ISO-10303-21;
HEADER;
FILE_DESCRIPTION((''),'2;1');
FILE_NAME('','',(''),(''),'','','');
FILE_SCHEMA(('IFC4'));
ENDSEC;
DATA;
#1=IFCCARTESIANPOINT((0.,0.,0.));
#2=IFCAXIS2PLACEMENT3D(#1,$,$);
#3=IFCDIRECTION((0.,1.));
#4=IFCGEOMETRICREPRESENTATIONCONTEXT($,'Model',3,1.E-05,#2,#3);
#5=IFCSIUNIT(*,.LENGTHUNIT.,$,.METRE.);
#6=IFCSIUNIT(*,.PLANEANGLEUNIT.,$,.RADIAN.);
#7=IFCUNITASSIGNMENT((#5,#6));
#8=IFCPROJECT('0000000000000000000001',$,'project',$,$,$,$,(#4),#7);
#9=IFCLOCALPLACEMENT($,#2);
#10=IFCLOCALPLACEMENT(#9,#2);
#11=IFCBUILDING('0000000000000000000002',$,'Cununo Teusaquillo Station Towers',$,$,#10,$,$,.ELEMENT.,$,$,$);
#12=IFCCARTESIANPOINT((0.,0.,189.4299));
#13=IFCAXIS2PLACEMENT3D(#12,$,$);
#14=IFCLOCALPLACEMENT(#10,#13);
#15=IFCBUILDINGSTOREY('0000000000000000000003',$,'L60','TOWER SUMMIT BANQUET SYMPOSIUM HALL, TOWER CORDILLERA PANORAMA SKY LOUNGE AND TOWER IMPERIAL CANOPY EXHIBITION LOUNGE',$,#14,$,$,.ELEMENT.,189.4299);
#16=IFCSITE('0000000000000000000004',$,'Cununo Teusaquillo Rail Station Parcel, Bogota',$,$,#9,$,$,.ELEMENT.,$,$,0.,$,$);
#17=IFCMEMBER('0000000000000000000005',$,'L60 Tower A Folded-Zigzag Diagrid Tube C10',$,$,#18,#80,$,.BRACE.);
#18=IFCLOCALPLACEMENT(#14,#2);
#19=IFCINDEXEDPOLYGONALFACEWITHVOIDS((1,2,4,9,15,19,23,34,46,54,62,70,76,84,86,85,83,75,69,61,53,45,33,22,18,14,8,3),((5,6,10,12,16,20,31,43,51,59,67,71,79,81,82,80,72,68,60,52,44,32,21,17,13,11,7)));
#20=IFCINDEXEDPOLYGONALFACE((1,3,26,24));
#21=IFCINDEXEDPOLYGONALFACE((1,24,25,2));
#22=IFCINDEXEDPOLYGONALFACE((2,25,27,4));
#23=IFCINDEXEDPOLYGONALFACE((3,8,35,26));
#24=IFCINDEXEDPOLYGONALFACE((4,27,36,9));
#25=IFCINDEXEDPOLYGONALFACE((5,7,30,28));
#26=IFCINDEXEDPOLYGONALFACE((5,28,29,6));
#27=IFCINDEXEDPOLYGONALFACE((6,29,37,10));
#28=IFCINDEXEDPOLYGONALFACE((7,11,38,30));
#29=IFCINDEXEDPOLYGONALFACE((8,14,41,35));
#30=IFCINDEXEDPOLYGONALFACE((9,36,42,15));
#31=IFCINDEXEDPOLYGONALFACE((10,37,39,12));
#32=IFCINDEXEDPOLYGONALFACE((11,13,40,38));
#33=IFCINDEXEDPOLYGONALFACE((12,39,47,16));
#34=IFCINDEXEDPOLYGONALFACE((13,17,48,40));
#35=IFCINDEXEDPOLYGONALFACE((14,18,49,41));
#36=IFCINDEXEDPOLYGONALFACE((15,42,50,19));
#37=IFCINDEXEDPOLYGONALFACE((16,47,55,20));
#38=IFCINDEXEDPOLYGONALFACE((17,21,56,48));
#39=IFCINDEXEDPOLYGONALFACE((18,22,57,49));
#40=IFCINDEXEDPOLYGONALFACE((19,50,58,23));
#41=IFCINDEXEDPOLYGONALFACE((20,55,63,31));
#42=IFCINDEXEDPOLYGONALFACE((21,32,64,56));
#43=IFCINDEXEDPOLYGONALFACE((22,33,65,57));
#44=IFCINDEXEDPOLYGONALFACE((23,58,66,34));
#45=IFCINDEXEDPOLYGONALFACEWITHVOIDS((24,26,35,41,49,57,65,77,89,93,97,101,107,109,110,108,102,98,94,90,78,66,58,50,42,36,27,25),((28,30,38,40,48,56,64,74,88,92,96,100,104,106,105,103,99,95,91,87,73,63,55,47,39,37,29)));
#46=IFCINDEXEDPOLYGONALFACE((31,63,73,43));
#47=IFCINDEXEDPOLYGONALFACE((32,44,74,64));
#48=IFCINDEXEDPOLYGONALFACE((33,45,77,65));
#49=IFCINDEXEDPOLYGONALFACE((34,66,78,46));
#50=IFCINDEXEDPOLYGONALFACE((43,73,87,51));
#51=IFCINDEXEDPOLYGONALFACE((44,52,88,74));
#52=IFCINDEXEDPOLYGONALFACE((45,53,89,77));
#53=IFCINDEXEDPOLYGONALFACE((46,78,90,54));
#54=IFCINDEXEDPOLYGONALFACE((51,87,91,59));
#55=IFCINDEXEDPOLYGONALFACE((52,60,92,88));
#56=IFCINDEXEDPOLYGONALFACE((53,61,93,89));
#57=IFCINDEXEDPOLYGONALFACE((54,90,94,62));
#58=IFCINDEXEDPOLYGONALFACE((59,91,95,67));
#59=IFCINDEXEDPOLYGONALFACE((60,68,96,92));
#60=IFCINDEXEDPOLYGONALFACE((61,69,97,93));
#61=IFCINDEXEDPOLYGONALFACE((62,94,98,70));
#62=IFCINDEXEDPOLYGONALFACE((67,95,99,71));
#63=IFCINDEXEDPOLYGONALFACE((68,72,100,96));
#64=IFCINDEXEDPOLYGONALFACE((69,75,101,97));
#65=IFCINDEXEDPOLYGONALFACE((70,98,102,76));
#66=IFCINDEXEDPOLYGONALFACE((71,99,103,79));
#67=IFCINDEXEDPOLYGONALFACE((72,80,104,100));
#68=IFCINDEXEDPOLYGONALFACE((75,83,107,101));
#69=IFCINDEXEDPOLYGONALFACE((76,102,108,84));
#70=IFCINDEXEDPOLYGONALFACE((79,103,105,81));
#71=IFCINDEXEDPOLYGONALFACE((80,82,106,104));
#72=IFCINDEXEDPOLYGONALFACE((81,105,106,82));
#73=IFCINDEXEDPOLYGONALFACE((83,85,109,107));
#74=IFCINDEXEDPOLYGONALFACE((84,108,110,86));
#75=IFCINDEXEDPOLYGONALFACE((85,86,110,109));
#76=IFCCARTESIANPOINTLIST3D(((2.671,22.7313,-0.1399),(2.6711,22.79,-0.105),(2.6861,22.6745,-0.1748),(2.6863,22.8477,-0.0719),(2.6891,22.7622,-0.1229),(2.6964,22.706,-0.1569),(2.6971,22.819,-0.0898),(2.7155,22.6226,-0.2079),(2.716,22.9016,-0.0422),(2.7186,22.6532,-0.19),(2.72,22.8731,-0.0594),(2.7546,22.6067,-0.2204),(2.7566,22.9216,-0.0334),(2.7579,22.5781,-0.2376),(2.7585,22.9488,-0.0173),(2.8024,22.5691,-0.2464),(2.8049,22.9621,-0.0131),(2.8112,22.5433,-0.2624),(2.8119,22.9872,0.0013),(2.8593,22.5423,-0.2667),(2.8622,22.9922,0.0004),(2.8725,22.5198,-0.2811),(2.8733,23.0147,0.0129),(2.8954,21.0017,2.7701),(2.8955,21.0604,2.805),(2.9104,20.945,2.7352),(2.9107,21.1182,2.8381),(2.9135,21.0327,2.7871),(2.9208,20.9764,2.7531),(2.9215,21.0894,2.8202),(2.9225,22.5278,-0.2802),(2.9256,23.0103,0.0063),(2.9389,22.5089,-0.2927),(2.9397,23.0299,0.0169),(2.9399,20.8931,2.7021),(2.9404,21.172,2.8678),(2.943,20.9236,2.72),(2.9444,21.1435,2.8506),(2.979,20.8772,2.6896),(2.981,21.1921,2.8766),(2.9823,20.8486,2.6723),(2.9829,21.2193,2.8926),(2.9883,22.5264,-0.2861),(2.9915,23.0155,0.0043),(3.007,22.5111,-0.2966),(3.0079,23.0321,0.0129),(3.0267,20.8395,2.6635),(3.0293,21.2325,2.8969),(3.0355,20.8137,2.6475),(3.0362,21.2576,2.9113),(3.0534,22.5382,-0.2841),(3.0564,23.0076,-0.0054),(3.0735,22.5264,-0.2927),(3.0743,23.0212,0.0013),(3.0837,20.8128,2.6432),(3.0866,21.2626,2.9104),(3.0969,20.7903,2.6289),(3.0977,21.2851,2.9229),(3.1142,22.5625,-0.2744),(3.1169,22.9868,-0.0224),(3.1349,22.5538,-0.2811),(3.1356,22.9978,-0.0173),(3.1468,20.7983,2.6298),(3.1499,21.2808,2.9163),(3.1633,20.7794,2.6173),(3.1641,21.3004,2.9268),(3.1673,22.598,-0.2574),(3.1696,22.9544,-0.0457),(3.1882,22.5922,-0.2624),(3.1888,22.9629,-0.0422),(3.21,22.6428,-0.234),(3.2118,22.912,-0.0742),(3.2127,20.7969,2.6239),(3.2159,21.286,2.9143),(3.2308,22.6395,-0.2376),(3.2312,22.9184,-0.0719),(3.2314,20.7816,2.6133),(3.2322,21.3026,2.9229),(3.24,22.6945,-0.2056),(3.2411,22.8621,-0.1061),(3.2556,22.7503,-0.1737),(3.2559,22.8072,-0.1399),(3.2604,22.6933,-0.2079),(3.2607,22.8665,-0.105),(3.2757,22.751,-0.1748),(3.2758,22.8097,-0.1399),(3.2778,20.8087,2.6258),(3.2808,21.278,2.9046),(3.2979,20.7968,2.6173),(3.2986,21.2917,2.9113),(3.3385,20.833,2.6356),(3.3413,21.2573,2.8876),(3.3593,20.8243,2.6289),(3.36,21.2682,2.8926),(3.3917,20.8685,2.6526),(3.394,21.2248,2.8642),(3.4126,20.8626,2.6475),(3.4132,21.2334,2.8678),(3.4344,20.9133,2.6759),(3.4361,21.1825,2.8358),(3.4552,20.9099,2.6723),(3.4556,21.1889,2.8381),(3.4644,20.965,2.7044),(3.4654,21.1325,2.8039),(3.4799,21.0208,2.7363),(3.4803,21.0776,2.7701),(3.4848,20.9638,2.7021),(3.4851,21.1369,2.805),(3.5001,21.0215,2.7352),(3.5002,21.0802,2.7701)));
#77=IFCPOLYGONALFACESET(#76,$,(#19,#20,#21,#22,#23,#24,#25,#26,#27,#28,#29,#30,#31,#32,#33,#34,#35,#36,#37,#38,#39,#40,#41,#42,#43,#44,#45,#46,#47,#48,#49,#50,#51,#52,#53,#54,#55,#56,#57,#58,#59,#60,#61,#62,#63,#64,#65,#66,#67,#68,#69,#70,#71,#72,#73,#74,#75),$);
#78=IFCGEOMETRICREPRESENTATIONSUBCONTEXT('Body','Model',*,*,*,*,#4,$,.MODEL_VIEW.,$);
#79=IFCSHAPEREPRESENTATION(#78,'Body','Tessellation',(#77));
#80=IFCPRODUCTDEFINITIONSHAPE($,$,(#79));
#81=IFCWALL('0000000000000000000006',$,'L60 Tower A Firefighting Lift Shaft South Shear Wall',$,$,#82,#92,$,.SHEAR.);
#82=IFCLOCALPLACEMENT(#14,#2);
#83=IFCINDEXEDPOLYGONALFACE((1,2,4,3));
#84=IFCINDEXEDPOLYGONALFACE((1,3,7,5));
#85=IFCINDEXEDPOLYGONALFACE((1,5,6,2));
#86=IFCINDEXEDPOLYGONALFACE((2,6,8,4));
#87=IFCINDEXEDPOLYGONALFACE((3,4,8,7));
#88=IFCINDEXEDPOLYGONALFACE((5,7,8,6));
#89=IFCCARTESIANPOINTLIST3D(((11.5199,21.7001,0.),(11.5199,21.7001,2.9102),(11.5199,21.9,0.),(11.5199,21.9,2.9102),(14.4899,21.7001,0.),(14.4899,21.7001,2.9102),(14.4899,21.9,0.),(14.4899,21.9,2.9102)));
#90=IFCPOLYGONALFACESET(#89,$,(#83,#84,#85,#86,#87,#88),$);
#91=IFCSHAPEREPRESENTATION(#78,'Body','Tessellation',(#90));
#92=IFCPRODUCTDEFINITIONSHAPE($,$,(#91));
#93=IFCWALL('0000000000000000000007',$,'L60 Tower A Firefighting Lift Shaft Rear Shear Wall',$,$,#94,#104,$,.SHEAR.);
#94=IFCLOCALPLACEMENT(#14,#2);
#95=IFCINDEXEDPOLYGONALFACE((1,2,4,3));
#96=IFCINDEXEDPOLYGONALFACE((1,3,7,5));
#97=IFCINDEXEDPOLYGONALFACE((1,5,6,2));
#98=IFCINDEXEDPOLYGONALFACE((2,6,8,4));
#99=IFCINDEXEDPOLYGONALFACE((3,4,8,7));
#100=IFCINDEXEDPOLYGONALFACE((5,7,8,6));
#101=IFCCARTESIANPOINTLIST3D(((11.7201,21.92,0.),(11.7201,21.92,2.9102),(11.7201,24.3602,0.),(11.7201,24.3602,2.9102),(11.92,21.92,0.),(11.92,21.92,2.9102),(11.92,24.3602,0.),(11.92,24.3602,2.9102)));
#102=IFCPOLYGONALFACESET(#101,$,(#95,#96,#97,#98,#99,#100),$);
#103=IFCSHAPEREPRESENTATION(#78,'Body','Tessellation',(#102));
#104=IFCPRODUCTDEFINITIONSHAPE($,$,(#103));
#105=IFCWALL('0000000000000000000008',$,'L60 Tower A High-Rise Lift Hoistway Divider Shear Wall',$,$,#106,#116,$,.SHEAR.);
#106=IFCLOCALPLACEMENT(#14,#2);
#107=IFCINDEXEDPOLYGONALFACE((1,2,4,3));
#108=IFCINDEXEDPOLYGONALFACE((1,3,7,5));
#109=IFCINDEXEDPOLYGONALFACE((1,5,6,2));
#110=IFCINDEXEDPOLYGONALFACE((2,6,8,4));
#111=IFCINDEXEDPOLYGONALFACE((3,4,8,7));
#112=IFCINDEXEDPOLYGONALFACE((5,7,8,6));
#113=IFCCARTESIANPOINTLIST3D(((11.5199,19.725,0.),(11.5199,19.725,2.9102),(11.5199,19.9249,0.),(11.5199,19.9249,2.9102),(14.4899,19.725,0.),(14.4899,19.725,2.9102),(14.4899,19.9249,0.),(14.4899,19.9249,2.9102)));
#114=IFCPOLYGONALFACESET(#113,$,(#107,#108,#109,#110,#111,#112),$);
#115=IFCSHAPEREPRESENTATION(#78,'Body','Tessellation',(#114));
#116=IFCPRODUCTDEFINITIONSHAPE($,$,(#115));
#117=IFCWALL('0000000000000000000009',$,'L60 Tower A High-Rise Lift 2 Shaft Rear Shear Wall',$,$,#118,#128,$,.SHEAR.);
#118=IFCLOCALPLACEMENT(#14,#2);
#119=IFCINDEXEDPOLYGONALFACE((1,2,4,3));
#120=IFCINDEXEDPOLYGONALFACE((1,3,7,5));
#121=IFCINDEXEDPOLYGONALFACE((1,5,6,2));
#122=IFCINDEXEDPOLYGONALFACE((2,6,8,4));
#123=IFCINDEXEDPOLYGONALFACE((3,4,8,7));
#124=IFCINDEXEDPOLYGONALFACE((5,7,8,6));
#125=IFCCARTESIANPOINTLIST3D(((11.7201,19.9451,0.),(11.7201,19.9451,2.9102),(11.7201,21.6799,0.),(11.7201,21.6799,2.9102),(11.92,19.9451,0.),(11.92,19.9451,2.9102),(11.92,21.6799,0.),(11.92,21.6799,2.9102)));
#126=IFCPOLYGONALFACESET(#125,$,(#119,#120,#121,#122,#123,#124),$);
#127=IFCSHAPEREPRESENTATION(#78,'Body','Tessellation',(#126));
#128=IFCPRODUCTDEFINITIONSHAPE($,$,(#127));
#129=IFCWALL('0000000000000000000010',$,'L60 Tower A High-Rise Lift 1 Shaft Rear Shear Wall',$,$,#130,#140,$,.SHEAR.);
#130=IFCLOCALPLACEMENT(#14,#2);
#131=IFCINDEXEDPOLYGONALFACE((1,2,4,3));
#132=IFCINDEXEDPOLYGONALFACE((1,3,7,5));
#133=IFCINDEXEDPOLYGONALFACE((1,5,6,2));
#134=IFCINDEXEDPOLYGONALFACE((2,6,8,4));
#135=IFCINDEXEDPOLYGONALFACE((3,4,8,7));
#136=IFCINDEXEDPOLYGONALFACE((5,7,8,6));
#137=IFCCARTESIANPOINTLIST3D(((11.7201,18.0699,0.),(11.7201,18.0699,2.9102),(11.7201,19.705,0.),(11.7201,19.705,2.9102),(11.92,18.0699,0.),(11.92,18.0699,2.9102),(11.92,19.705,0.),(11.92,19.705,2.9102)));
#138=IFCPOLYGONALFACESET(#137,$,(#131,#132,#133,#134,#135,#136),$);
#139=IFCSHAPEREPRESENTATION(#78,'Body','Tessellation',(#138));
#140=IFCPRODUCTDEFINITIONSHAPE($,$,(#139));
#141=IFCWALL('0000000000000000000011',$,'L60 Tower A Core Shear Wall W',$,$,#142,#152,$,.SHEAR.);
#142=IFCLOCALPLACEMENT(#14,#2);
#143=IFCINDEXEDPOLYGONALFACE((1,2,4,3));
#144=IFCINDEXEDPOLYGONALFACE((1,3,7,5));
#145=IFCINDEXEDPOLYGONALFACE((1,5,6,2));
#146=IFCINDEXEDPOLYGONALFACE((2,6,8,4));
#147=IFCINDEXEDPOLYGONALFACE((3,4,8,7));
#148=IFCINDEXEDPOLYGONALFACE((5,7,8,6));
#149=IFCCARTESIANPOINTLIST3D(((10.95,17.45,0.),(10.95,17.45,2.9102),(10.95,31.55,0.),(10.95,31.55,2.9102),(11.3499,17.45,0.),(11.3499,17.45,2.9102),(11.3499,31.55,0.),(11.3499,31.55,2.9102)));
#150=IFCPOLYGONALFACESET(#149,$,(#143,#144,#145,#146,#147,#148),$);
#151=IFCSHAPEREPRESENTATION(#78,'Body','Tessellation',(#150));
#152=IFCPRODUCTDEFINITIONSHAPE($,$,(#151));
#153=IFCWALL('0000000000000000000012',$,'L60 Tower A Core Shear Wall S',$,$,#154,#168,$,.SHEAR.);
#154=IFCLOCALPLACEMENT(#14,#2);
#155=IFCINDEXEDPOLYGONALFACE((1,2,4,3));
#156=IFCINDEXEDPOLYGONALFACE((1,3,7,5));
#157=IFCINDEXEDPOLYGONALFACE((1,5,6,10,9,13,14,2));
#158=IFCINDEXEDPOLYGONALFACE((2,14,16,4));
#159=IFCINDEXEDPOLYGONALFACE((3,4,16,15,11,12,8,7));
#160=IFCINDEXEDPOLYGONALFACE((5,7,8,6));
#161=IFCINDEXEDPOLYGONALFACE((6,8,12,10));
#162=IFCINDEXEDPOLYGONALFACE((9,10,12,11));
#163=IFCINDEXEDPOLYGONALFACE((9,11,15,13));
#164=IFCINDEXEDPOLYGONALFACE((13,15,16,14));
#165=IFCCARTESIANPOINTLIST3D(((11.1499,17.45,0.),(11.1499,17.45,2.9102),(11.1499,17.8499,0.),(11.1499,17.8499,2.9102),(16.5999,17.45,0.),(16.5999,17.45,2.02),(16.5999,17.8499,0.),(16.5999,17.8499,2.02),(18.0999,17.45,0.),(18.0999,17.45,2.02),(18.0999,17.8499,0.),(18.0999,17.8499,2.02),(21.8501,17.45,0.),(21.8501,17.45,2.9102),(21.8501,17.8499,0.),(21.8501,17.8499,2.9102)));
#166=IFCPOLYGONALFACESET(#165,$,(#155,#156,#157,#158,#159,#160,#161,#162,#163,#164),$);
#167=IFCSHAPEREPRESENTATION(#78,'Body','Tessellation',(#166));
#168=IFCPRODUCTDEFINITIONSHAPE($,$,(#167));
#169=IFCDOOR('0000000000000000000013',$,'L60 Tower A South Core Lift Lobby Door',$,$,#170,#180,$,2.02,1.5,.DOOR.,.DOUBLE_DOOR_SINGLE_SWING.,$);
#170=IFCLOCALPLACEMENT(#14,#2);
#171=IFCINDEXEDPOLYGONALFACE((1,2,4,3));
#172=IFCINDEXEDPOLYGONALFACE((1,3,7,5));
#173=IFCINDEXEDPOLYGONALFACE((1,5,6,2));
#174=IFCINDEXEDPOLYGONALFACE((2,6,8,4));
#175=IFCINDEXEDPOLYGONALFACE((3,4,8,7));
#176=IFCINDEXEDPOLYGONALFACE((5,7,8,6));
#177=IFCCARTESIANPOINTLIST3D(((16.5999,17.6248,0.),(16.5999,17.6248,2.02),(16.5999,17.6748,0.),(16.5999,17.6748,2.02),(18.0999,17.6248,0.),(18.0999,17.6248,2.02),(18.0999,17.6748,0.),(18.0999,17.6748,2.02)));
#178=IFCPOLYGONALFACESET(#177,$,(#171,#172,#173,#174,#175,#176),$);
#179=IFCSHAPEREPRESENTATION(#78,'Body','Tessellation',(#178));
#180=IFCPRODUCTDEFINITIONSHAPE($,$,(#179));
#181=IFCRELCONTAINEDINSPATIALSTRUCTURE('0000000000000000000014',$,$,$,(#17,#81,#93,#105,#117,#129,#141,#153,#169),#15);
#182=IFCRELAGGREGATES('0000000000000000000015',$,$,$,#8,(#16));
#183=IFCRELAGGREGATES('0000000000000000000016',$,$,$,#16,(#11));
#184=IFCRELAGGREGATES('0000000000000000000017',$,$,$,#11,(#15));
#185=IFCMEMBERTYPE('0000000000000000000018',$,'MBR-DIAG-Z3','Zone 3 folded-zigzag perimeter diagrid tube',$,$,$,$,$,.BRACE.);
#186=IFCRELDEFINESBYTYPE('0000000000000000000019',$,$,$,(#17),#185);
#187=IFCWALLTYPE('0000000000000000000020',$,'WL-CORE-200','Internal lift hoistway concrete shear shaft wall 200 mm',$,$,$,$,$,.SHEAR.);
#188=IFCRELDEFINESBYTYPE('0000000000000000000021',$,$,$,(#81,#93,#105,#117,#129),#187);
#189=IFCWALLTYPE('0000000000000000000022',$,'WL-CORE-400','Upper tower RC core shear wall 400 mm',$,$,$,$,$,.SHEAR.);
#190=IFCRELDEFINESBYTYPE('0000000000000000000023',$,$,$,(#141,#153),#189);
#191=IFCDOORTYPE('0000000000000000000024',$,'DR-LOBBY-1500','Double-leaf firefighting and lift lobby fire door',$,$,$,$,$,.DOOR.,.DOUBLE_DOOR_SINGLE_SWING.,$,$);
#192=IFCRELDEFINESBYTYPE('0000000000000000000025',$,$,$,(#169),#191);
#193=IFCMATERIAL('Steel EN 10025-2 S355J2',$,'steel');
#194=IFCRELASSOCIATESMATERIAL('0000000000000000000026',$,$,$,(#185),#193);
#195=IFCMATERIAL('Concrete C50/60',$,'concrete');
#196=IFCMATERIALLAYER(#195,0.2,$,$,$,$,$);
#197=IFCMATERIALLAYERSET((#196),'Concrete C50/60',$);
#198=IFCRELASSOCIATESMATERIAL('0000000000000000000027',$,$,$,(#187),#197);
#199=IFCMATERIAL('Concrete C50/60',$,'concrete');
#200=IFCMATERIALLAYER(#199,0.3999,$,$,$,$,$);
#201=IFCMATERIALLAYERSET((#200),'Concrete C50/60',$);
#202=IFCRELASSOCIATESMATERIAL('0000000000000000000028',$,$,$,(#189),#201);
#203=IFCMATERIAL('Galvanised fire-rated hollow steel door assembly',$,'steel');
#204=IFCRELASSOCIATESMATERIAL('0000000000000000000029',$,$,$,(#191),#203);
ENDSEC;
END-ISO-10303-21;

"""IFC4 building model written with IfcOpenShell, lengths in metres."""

from ifc_helpers import new_model, si_unit, direction, frame, frame_2d, origin, origin_2d, place, context, subcontext, project, spatial, rectangle, hollow_circle, extrude, source, transform, mapped, material, layer, layer_set, material_profile, profile_set, type_object, element, fill, save


model = new_model("IFC4")

# Units and contexts
model_context = context("Model", 3, precision=1e-05, world=origin(), true_north=direction((0.0, 1.0)))
body_context = subcontext(model_context, "Body", "Model", "MODEL_VIEW")
ifc_project = project(units=[si_unit("LENGTHUNIT", "METRE"), si_unit("PLANEANGLEUNIT", "RADIAN")], contexts=[model_context])

# Site, building, storey
site_placement = place(None, origin())
site = spatial("IfcSite", under=ifc_project, at=site_placement, Name="Cununo Teusaquillo Rail Station Parcel, Bogota", CompositionType="ELEMENT", RefElevation=0.0)
building_placement = place(site_placement, origin())
building = spatial("IfcBuilding", under=site, at=building_placement, Name="Cununo Teusaquillo Station Towers", CompositionType="ELEMENT")
storey_placement = place(building_placement, frame((0.0, 0.0, 189.4299)))
storey = spatial("IfcBuildingStorey", under=building, at=storey_placement, Name="L60", Description="TOWER SUMMIT BANQUET SYMPOSIUM HALL, TOWER CORDILLERA PANORAMA SKY LOUNGE AND TOWER IMPERIAL CANOPY EXHIBITION LOUNGE", CompositionType="ELEMENT", Elevation=189.4299)

# Member
ifc_material_1 = material(Name="Steel EN 10025-2 S355J2", Category="steel")
ifc_material_profile_1 = material_profile(ifc_material_1, hollow_circle(Radius=0.3049, WallThickness=0.02, at=origin_2d()), Name="CHS 610x20")
ifc_profile_set_1 = profile_set([ifc_material_profile_1], Name="Steel EN 10025-2 S355J2")
member_type = type_object("IfcMemberType", Name="MBR-DIAG-Z3", Description="Zone 3 folded-zigzag perimeter diagrid tube", PredefinedType="BRACE", material=ifc_profile_set_1)
member_placement = place(storey_placement, frame((2.9734, 22.7705, -0.1399), z_axis=(0.066136, -0.509798, 0.857748), x_axis=(0.99169, 0.128651, 0.0)))
element("IfcMember", 1, at=member_placement, inside=storey, type_object=member_type, Name="L60 Tower A Folded-Zigzag Diagrid Tube C10", PredefinedType="BRACE", context=body_context, shape_type="SweptSolid", body=[
    extrude(hollow_circle(Radius=0.3049, WallThickness=0.02, at=origin_2d()), origin(), (0.0, 0.0, 1.0), 3.3926),
])

# Walls
ifc_material_2 = material(Name="Concrete C50/60", Category="concrete")
ifc_layer_1 = layer(ifc_material_2, 0.2)
ifc_layer_set_1 = layer_set([ifc_layer_1], Name="Concrete C50/60")
wall_type_1 = type_object("IfcWallType", Name="WL-CORE-200", Description="Internal lift hoistway concrete shear shaft wall 200 mm", PredefinedType="SHEAR", material=ifc_layer_set_1)
wall_1_placement = place(storey_placement, frame((11.52, 21.8, 0.0), z_axis=(0.0, 0.0, 1.0), x_axis=(1.0, 0.0, 0.0)))
element("IfcWall", 2, at=wall_1_placement, inside=storey, type_object=wall_type_1, Name="L60 Tower A Firefighting Lift Shaft South Shear Wall", PredefinedType="SHEAR", context=body_context, shape_type="SweptSolid", body=[
    extrude(rectangle(XDim=2.97, YDim=0.2, at=frame_2d((1.4849, 0.0))), origin(), (0.0, 0.0, 1.0), 2.9102),
])
wall_2_placement = place(storey_placement, frame((11.8201, 21.9199, 0.0), z_axis=(0.0, 0.0, 1.0), x_axis=(0.0, 1.0, 0.0)))
element("IfcWall", 3, at=wall_2_placement, inside=storey, type_object=wall_type_1, Name="L60 Tower A Firefighting Lift Shaft Rear Shear Wall", PredefinedType="SHEAR", context=body_context, shape_type="SweptSolid", body=[
    extrude(rectangle(XDim=2.4402, YDim=0.2, at=frame_2d((1.2202, 0.0))), origin(), (0.0, 0.0, 1.0), 2.9102),
])
wall_3_placement = place(storey_placement, frame((11.52, 19.825, 0.0), z_axis=(0.0, 0.0, 1.0), x_axis=(1.0, 0.0, 0.0)))
element("IfcWall", 4, at=wall_3_placement, inside=storey, type_object=wall_type_1, Name="L60 Tower A High-Rise Lift Hoistway Divider Shear Wall", PredefinedType="SHEAR", context=body_context, shape_type="SweptSolid", body=[
    extrude(rectangle(XDim=2.97, YDim=0.2, at=frame_2d((1.4849, 0.0))), origin(), (0.0, 0.0, 1.0), 2.9102),
])
wall_4_placement = place(storey_placement, frame((11.8201, 19.9451, 0.0), z_axis=(0.0, 0.0, 1.0), x_axis=(0.0, 1.0, 0.0)))
element("IfcWall", 5, at=wall_4_placement, inside=storey, type_object=wall_type_1, Name="L60 Tower A High-Rise Lift 2 Shaft Rear Shear Wall", PredefinedType="SHEAR", context=body_context, shape_type="SweptSolid", body=[
    extrude(rectangle(XDim=1.7349, YDim=0.2, at=frame_2d((0.8674, 0.0))), origin(), (0.0, 0.0, 1.0), 2.9102),
])
wall_5_placement = place(storey_placement, frame((11.8201, 18.0701, 0.0), z_axis=(0.0, 0.0, 1.0), x_axis=(0.0, 1.0, 0.0)))
element("IfcWall", 6, at=wall_5_placement, inside=storey, type_object=wall_type_1, Name="L60 Tower A High-Rise Lift 1 Shaft Rear Shear Wall", PredefinedType="SHEAR", context=body_context, shape_type="SweptSolid", body=[
    extrude(rectangle(XDim=1.635, YDim=0.2, at=frame_2d((0.8174, 0.0))), origin(), (0.0, 0.0, 1.0), 2.9102),
])
ifc_material_3 = material(Name="Concrete C50/60", Category="concrete")
ifc_layer_2 = layer(ifc_material_3, 0.3999)
ifc_layer_set_2 = layer_set([ifc_layer_2], Name="Concrete C50/60")
wall_type_2 = type_object("IfcWallType", Name="WL-CORE-400", Description="Upper tower RC core shear wall 400 mm", PredefinedType="SHEAR", material=ifc_layer_set_2)
wall_6_placement = place(storey_placement, frame((11.1499, 17.45, 0.0), z_axis=(0.0, 0.0, 1.0), x_axis=(0.0, 1.0, 0.0)))
element("IfcWall", 7, at=wall_6_placement, inside=storey, type_object=wall_type_2, Name="L60 Tower A Core Shear Wall W", PredefinedType="SHEAR", context=body_context, shape_type="SweptSolid", body=[
    extrude(rectangle(XDim=14.1001, YDim=0.3999, at=frame_2d((7.05, 0.0))), origin(), (0.0, 0.0, 1.0), 2.9102),
])

# Wall, opening, door
wall_7_placement = place(storey_placement, frame((11.1499, 17.6499, 0.0), z_axis=(0.0, 0.0, 1.0), x_axis=(1.0, 0.0, 0.0)))
wall_7 = element("IfcWall", 8, at=wall_7_placement, inside=storey, type_object=wall_type_2, Name="L60 Tower A Core Shear Wall S", PredefinedType="SHEAR", context=body_context, shape_type="SweptSolid", body=[
    extrude(rectangle(XDim=10.7002, YDim=0.3999, at=frame_2d((5.3501, 0.0))), origin(), (0.0, 0.0, 1.0), 2.9102),
])
shared_shape_1 = source(origin(), body_context, "Body", "SweptSolid", [
    extrude(rectangle(XDim=1.5, YDim=2.02, at=frame_2d((0.75, 1.01))), frame((0.0, 0.21, 0.0), z_axis=(0.0, -1.0, 0.0), x_axis=(1.0, 0.0, 0.0)), (0.0, 0.0, 1.0), 0.4199),
])
opening_1_placement = place(wall_7_placement, frame((5.45, 0.0, 0.0)))
opening_1 = element("IfcOpeningElement", 9, at=opening_1_placement, cuts=wall_7, PredefinedType="OPENING", context=body_context, shape_type="MappedRepresentation", body=[
    mapped(shared_shape_1, transform((0.0, 0.0, 0.0), x_axis=(1.0, 0.0, 0.0), y_axis=(0.0, 1.0, 0.0), z_axis=(0.0, 0.0, 1.0), scale=1.0)),
])
ifc_material_4 = material(Name="Galvanised fire-rated hollow steel door assembly", Category="steel")
door_type_1 = type_object("IfcDoorType", Name="DR-LOBBY-1500", Description="Double-leaf firefighting and lift lobby fire door", OperationType="DOUBLE_DOOR_SINGLE_SWING", PredefinedType="DOOR", material=ifc_material_4)
shared_shape_2 = source(origin(), body_context, "Body", "SweptSolid", [
    extrude(rectangle(XDim=1.5, YDim=2.02, at=frame_2d((0.75, 1.01))), frame((0.0, 0.0249, 0.0), z_axis=(0.0, -1.0, 0.0), x_axis=(1.0, 0.0, 0.0)), (0.0, 0.0, 1.0), 0.05),
])
door_1_placement = place(opening_1_placement, origin())
door_1 = element("IfcDoor", 10, at=door_1_placement, inside=storey, type_object=door_type_1, Name="L60 Tower A South Core Lift Lobby Door", OperationType="DOUBLE_DOOR_SINGLE_SWING", OverallHeight=2.02, OverallWidth=1.5, PredefinedType="DOOR", context=body_context, shape_type="MappedRepresentation", body=[
    mapped(shared_shape_2, transform((0.0, 0.0, 0.0), x_axis=(1.0, 0.0, 0.0), y_axis=(0.0, 1.0, 0.0), z_axis=(0.0, 0.0, 1.0), scale=1.0)),
])
fill(opening_1, door_1)

save(model, "model.ifc")
